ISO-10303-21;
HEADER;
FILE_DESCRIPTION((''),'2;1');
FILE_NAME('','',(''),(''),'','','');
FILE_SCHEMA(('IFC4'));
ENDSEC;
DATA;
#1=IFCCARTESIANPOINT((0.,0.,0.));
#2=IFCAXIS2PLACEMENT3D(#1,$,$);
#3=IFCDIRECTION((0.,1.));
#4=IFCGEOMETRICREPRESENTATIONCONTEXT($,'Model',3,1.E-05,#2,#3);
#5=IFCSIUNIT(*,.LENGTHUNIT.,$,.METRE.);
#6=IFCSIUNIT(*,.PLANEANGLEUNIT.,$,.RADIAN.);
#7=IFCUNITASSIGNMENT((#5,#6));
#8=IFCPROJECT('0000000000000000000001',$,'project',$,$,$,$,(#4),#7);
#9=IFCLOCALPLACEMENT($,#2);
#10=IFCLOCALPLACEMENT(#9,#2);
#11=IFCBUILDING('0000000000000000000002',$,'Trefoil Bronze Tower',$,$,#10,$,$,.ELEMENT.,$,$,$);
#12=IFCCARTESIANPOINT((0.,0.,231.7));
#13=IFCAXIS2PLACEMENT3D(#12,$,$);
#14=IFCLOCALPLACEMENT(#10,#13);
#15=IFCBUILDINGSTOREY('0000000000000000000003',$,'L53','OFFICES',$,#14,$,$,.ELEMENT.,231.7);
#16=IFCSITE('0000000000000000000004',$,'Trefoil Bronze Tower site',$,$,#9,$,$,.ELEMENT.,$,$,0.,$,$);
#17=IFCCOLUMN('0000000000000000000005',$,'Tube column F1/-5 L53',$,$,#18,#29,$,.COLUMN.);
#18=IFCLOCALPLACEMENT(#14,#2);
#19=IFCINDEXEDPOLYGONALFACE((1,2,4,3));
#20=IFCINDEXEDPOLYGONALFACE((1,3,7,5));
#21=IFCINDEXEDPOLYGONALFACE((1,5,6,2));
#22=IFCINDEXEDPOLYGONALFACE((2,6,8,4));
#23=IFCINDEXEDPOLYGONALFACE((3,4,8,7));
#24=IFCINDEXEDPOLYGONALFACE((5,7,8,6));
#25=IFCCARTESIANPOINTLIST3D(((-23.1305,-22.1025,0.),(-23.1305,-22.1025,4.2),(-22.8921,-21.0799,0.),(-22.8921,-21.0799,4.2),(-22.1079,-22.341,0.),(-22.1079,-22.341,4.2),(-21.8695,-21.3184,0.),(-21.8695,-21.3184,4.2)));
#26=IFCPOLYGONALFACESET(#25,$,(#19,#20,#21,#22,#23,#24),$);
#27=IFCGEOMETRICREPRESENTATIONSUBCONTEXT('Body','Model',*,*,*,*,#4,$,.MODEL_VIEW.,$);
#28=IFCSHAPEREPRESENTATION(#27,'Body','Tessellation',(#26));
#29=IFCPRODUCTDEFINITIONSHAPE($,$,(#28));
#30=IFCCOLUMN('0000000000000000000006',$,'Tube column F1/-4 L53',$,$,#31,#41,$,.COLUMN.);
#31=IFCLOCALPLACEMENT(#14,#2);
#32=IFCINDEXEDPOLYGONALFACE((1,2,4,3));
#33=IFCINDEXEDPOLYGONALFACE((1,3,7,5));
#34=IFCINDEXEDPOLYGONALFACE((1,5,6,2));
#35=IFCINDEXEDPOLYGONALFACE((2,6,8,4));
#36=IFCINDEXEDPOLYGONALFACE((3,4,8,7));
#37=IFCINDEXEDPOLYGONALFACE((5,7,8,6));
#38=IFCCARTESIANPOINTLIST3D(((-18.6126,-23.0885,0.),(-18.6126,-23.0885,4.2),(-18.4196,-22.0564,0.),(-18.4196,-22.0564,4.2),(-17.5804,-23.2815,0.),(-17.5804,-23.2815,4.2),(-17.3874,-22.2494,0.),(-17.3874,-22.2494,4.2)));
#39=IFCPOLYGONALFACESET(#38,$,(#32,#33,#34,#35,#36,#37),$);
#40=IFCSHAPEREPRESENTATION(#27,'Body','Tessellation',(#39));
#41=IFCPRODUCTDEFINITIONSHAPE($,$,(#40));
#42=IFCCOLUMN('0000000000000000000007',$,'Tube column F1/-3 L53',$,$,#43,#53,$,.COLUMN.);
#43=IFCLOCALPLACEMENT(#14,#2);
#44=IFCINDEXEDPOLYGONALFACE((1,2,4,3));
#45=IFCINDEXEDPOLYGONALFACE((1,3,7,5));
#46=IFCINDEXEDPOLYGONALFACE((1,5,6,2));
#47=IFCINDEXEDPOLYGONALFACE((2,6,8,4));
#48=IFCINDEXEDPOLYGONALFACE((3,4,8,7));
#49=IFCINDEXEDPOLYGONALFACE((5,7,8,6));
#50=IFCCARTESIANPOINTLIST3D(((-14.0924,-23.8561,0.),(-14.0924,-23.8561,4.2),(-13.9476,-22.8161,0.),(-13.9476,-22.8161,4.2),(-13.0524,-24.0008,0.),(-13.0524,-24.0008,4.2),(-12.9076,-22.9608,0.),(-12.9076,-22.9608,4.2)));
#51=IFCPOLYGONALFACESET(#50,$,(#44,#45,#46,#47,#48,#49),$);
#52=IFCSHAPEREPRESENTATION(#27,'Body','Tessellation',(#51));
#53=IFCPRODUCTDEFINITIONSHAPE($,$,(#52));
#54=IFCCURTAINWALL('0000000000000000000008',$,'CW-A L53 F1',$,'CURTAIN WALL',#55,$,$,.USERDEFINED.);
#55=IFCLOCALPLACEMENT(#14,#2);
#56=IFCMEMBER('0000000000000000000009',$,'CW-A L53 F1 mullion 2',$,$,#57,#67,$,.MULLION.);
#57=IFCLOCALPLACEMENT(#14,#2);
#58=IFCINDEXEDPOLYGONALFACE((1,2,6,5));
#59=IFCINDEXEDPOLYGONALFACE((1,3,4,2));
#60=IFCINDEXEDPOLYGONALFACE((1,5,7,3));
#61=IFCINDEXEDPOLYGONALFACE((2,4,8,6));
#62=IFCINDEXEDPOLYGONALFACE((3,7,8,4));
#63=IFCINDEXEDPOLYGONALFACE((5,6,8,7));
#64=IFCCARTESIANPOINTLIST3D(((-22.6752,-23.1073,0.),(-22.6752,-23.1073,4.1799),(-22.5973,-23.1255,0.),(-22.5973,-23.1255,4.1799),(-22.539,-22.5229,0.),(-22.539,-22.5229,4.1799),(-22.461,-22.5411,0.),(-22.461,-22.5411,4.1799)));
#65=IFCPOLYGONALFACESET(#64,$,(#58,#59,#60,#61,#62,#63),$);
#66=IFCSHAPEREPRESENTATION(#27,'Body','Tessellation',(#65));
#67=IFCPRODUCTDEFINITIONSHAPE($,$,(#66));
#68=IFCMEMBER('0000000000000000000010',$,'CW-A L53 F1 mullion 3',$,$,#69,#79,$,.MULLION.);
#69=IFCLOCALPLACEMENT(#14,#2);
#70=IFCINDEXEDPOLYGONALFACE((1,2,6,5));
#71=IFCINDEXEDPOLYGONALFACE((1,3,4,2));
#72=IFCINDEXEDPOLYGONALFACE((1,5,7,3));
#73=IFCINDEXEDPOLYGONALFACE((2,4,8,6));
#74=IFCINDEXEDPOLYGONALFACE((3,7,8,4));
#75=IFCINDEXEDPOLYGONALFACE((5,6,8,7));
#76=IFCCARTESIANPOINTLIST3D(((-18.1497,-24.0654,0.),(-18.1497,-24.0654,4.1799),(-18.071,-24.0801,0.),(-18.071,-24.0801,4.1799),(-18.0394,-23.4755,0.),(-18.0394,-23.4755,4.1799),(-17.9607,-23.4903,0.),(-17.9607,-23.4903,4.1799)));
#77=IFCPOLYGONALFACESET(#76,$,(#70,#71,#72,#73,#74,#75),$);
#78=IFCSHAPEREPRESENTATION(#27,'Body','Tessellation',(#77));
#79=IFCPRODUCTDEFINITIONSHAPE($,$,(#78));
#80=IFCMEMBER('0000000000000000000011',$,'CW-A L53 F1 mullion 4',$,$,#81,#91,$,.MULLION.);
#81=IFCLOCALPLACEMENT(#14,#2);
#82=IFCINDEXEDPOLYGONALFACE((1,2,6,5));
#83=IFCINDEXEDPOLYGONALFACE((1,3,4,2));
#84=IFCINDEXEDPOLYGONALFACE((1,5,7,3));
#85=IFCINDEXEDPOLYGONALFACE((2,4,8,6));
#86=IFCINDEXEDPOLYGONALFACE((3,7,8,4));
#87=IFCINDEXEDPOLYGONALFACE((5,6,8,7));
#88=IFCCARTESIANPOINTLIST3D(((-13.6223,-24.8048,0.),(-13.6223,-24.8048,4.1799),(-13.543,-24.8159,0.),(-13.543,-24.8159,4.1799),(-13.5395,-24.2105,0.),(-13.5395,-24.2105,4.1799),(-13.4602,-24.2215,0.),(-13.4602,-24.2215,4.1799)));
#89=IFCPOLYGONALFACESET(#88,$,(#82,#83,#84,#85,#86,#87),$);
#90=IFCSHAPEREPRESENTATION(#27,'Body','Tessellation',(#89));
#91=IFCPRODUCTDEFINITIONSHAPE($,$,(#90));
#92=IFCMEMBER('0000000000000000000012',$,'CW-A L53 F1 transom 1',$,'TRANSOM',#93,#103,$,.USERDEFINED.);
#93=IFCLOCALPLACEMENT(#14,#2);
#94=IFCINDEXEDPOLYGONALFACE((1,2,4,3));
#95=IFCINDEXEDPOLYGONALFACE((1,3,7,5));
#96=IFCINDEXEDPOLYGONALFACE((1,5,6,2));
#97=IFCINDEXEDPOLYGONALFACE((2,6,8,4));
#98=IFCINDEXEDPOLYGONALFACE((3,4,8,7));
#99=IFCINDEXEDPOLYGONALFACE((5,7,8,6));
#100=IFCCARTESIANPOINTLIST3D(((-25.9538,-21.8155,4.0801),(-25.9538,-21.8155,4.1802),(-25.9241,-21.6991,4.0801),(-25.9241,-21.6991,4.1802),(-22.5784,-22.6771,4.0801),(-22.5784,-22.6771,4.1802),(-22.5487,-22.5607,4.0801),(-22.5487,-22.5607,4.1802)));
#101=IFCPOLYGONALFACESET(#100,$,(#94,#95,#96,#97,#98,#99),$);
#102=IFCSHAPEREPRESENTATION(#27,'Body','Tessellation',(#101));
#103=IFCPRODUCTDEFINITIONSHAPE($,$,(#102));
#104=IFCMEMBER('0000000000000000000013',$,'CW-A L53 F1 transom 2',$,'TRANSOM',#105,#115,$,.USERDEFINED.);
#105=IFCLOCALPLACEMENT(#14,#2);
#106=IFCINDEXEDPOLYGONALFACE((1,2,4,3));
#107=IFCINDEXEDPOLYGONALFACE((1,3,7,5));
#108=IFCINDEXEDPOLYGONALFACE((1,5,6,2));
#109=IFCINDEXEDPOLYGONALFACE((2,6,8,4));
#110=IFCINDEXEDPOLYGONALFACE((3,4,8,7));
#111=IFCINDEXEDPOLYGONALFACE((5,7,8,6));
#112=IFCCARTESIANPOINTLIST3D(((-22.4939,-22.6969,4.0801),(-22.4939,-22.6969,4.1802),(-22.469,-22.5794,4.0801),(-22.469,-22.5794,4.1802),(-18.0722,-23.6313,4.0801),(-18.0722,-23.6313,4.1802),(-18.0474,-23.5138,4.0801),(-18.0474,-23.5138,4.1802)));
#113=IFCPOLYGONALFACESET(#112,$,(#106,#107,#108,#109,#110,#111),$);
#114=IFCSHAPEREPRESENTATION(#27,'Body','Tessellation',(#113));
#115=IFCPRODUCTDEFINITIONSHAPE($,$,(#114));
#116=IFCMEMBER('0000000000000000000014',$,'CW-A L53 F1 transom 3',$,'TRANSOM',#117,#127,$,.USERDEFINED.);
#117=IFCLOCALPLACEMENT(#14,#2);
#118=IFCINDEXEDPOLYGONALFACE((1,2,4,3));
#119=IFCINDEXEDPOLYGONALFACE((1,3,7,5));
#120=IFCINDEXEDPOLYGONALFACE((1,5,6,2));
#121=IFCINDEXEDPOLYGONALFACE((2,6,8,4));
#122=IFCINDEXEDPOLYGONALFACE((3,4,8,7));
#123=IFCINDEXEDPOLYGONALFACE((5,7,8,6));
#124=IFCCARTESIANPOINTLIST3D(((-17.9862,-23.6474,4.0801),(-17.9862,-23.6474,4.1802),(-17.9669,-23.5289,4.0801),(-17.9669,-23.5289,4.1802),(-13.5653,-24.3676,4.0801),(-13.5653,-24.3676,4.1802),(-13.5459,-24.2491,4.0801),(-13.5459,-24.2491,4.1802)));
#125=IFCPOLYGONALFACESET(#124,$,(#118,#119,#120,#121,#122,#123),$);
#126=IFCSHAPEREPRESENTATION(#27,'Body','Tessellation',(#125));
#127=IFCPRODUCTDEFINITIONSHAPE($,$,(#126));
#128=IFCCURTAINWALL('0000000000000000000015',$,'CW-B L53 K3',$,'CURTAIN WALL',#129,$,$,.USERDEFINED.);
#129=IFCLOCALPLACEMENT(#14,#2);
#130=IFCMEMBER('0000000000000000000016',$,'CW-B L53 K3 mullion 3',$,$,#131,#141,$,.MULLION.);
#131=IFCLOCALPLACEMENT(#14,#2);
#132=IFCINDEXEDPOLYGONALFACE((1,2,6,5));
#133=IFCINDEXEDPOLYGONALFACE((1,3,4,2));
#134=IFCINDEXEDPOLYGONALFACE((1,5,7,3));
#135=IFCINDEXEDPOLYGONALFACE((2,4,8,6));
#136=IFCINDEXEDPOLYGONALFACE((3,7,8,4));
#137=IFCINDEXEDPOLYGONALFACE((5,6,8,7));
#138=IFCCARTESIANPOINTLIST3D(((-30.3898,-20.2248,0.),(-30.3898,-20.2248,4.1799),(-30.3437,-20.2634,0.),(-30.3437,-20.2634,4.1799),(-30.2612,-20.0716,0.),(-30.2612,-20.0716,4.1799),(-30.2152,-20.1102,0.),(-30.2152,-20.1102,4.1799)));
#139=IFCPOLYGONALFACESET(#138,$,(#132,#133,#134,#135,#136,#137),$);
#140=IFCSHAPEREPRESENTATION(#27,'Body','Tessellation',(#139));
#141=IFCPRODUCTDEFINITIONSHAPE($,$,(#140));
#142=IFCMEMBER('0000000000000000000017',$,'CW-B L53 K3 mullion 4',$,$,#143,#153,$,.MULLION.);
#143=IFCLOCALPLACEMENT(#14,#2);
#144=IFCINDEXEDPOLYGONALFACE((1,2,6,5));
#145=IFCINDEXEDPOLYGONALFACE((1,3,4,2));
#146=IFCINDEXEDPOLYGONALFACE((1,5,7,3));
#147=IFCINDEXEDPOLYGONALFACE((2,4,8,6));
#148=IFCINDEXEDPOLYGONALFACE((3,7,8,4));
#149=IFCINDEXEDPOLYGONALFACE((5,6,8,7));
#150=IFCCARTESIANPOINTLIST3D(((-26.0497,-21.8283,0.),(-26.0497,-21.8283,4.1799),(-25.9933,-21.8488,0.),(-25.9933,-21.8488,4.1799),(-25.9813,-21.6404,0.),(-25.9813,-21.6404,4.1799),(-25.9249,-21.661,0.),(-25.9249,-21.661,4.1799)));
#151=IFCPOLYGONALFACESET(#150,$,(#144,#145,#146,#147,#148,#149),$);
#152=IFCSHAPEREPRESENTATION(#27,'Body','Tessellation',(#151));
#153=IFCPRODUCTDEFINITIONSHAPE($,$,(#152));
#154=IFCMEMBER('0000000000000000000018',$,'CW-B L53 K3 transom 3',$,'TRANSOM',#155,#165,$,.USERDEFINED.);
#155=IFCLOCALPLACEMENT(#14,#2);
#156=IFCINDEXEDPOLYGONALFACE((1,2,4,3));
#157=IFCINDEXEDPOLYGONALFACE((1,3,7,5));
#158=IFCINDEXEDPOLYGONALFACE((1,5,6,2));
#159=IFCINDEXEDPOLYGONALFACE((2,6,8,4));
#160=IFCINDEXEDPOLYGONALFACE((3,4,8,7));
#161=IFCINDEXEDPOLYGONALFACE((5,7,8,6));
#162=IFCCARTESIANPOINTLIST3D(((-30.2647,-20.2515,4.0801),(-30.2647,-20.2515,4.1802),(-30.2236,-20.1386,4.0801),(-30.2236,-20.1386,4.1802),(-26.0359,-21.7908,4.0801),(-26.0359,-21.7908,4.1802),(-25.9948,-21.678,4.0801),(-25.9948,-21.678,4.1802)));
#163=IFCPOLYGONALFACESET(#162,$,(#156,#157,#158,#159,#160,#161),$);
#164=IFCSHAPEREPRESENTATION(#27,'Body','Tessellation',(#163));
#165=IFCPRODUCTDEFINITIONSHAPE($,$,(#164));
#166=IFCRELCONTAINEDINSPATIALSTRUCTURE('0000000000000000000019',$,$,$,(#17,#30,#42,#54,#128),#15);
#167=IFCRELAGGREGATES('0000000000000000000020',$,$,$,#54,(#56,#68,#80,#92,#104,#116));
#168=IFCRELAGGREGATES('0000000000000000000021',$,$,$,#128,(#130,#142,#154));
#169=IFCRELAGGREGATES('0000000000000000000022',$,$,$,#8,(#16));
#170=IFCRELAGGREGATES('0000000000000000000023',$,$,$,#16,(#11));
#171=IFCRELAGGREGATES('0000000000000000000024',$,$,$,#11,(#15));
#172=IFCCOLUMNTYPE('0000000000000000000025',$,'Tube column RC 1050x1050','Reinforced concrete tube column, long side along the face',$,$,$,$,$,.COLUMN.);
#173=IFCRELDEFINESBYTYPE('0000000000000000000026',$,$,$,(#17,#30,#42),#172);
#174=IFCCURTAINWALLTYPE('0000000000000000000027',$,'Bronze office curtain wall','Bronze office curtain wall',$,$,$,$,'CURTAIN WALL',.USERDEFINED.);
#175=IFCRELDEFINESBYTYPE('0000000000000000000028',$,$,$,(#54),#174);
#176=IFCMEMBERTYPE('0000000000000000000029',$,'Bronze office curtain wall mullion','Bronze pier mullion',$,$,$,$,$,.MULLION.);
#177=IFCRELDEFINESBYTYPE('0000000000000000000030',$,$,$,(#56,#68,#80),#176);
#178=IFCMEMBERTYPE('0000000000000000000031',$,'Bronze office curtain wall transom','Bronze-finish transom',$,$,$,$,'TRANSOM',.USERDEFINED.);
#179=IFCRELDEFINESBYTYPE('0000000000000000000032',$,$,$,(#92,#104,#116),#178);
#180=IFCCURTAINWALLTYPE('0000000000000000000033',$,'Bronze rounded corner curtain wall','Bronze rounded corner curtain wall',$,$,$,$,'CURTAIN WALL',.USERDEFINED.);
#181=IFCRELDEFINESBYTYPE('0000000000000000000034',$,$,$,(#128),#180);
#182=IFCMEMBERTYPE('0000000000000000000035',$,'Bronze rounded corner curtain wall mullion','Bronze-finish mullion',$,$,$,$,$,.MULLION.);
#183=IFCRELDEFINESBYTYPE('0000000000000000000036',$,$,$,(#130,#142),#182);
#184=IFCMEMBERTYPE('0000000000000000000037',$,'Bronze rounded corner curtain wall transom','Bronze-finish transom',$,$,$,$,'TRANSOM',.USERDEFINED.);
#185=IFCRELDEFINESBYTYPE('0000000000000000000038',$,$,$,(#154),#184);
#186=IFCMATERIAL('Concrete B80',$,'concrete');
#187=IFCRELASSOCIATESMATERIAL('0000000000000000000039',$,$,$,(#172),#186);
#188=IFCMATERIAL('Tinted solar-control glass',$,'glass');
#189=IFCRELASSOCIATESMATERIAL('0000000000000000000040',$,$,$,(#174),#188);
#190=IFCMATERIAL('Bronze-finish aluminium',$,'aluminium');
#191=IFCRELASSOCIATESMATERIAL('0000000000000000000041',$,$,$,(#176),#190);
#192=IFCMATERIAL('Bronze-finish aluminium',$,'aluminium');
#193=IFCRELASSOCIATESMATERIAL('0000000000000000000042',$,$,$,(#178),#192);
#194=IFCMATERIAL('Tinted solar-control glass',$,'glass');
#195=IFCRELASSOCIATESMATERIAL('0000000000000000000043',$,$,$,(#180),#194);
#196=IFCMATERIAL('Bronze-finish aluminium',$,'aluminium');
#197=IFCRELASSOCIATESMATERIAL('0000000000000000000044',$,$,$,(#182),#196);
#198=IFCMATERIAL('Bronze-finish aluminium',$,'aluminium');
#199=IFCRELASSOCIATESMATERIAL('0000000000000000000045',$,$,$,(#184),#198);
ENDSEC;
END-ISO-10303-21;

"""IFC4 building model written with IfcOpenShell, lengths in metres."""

from ifc_helpers import new_model, si_unit, direction, frame, origin, origin_2d, place, context, subcontext, project, spatial, rectangle, extrude, material, material_profile, profile_set, type_object, element, aggregate, save


model = new_model("IFC4")

# Units and contexts
model_context = context("Model", 3, precision=1e-05, world=origin(), true_north=direction((0.0, 1.0)))
body_context = subcontext(model_context, "Body", "Model", "MODEL_VIEW")
ifc_project = project(units=[si_unit("LENGTHUNIT", "METRE"), si_unit("PLANEANGLEUNIT", "RADIAN")], contexts=[model_context])

# Site, building, storey
site_placement = place(None, origin())
site = spatial("IfcSite", under=ifc_project, at=site_placement, Name="Trefoil Bronze Tower site", CompositionType="ELEMENT", RefElevation=0.0)
building_placement = place(site_placement, origin())
building = spatial("IfcBuilding", under=site, at=building_placement, Name="Trefoil Bronze Tower", CompositionType="ELEMENT")
storey_placement = place(building_placement, frame((0.0, 0.0, 231.7)))
storey = spatial("IfcBuildingStorey", under=building, at=storey_placement, Name="L53", Description="OFFICES", CompositionType="ELEMENT", Elevation=231.7)

# Columns
ifc_material_1 = material(Name="Concrete B80", Category="concrete")
ifc_material_profile_1 = material_profile(ifc_material_1, rectangle(XDim=1.05, YDim=1.05, at=origin_2d()), Name="RC 1050x1050")
ifc_profile_set_1 = profile_set([ifc_material_profile_1], Name="Concrete B80")
column_type = type_object("IfcColumnType", Name="Tube column RC 1050x1050", Description="Reinforced concrete tube column, long side along the face", PredefinedType="COLUMN", material=ifc_profile_set_1)
for number, where, z_axis, x_axis, name in (
    (1, (-22.5, -21.7104, 0.0), (0.0, 0.0, 1.0), (0.973875, -0.227083, 0.0), "Tube column F1/-5 L53"),
    (2, (-18.0, -22.6689, 0.0), (0.0, 0.0, 1.0), (0.982959, -0.183825, 0.0), "Tube column F1/-4 L53"),
    (3, (-13.5, -23.4084, 0.0), (0.0, 0.0, 1.0), (0.990451, -0.137868, 0.0), "Tube column F1/-3 L53"),
):
    element("IfcColumn", number, at=place(storey_placement, frame(where, z_axis=z_axis, x_axis=x_axis)), inside=storey, type_object=column_type, Name=name, PredefinedType="COLUMN", context=body_context, shape_type="SweptSolid", body=[
        extrude(rectangle(XDim=1.05, YDim=1.05, at=origin_2d()), origin(), (0.0, 0.0, 1.0), 4.2),
    ])

# Curtain walls, members
ifc_material_2 = material(Name="Tinted solar-control glass", Category="glass")
curtain_wall_type_1 = type_object("IfcCurtainWallType", Name="Bronze office curtain wall", Description="Bronze office curtain wall", ElementType="CURTAIN WALL", PredefinedType="USERDEFINED", material=ifc_material_2)
curtain_wall_1_placement = place(storey_placement, origin())
curtain_wall_1 = element("IfcCurtainWall", 4, at=curtain_wall_1_placement, inside=storey, type_object=curtain_wall_type_1, Name="CW-A L53 F1", ObjectType="CURTAIN WALL", PredefinedType="USERDEFINED")
ifc_material_3 = material(Name="Bronze-finish aluminium", Category="aluminium")
ifc_material_profile_2 = material_profile(ifc_material_3, rectangle(XDim=0.6001, YDim=0.0801, at=origin_2d()), Name="CW-A mullion")
ifc_profile_set_2 = profile_set([ifc_material_profile_2], Name="Bronze-finish aluminium")
member_type_1 = type_object("IfcMemberType", Name="Bronze office curtain wall mullion", Description="Bronze pier mullion", PredefinedType="MULLION", material=ifc_profile_set_2)
member_1_placement = place(storey_placement, frame((-22.5681, -22.8242, 0.0), z_axis=(0.0, 0.0, 1.0), x_axis=(0.227083, 0.973875, 0.0)))
member_1 = element("IfcMember", 5, at=member_1_placement, type_object=member_type_1, Name="CW-A L53 F1 mullion 2", PredefinedType="MULLION", context=body_context, shape_type="SweptSolid", body=[
    extrude(rectangle(XDim=0.6001, YDim=0.0801, at=origin_2d()), origin(), (0.0, 0.0, 1.0), 4.1799),
])
member_2_placement = place(storey_placement, frame((-18.0552, -23.7778, 0.0), z_axis=(0.0, 0.0, 1.0), x_axis=(0.183825, 0.982959, 0.0)))
member_2 = element("IfcMember", 6, at=member_2_placement, type_object=member_type_1, Name="CW-A L53 F1 mullion 3", PredefinedType="MULLION", context=body_context, shape_type="SweptSolid", body=[
    extrude(rectangle(XDim=0.6001, YDim=0.0801, at=origin_2d()), origin(), (0.0, 0.0, 1.0), 4.1799),
])
member_3_placement = place(storey_placement, frame((-13.5413, -24.5132, 0.0), z_axis=(0.0, 0.0, 1.0), x_axis=(0.137868, 0.990451, 0.0)))
member_3 = element("IfcMember", 7, at=member_3_placement, type_object=member_type_1, Name="CW-A L53 F1 mullion 4", PredefinedType="MULLION", context=body_context, shape_type="SweptSolid", body=[
    extrude(rectangle(XDim=0.6001, YDim=0.0801, at=origin_2d()), origin(), (0.0, 0.0, 1.0), 4.1799),
])
ifc_material_4 = material(Name="Bronze-finish aluminium", Category="aluminium")
ifc_material_profile_3 = material_profile(ifc_material_4, rectangle(XDim=0.1201, YDim=0.1001, at=origin_2d()), Name="CW-A transom")
ifc_profile_set_3 = profile_set([ifc_material_profile_3], Name="Bronze-finish aluminium")
member_type_2 = type_object("IfcMemberType", Name="Bronze office curtain wall transom", Description="Bronze-finish transom", ElementType="TRANSOM", PredefinedType="USERDEFINED", material=ifc_profile_set_3)
member_4_placement = place(storey_placement, frame((-25.939, -21.7573, 4.1301), z_axis=(0.968935, -0.247315, 0.0), x_axis=(0.247315, 0.968935, 0.0)))
member_4 = element("IfcMember", 8, at=member_4_placement, type_object=member_type_2, Name="CW-A L53 F1 transom 1", ObjectType="TRANSOM", PredefinedType="USERDEFINED", context=body_context, shape_type="SweptSolid", body=[
    extrude(rectangle(XDim=0.1201, YDim=0.1001, at=origin_2d()), origin(), (0.0, 0.0, 1.0), 3.4836),
])
member_5_placement = place(storey_placement, frame((-22.4814, -22.6382, 4.1301), z_axis=(0.978395, -0.206743, 0.0), x_axis=(0.206743, 0.978395, 0.0)))
member_5 = element("IfcMember", 9, at=member_5_placement, type_object=member_type_2, Name="CW-A L53 F1 transom 2", ObjectType="TRANSOM", PredefinedType="USERDEFINED", context=body_context, shape_type="SweptSolid", body=[
    extrude(rectangle(XDim=0.1201, YDim=0.1001, at=origin_2d()), origin(), (0.0, 0.0, 1.0), 4.5193),
])
member_6_placement = place(storey_placement, frame((-17.9766, -23.5881, 4.1301), z_axis=(0.986988, -0.160792, 0.0), x_axis=(0.160792, 0.986988, 0.0)))
member_6 = element("IfcMember", 10, at=member_6_placement, type_object=member_type_2, Name="CW-A L53 F1 transom 3", ObjectType="TRANSOM", PredefinedType="USERDEFINED", context=body_context, shape_type="SweptSolid", body=[
    extrude(rectangle(XDim=0.1201, YDim=0.1001, at=origin_2d()), origin(), (0.0, 0.0, 1.0), 4.4792),
])
ifc_material_5 = material(Name="Tinted solar-control glass", Category="glass")
curtain_wall_type_2 = type_object("IfcCurtainWallType", Name="Bronze rounded corner curtain wall", Description="Bronze rounded corner curtain wall", ElementType="CURTAIN WALL", PredefinedType="USERDEFINED", material=ifc_material_5)
curtain_wall_2_placement = place(storey_placement, origin())
curtain_wall_2 = element("IfcCurtainWall", 11, at=curtain_wall_2_placement, inside=storey, type_object=curtain_wall_type_2, Name="CW-B L53 K3", ObjectType="CURTAIN WALL", PredefinedType="USERDEFINED")
ifc_material_6 = material(Name="Bronze-finish aluminium", Category="aluminium")
ifc_material_profile_4 = material_profile(ifc_material_6, rectangle(XDim=0.2, YDim=0.0601, at=origin_2d()), Name="CW-B mullion")
ifc_profile_set_4 = profile_set([ifc_material_profile_4], Name="Bronze-finish aluminium")
member_type_3 = type_object("IfcMemberType", Name="Bronze rounded corner curtain wall mullion", Description="Bronze-finish mullion", PredefinedType="MULLION", material=ifc_profile_set_4)
member_7_placement = place(storey_placement, frame((-30.3025, -20.1675, 0.0), z_axis=(0.0, 0.0, 1.0), x_axis=(0.642788, 0.766044, 0.0)))
member_7 = element("IfcMember", 12, at=member_7_placement, type_object=member_type_3, Name="CW-B L53 K3 mullion 3", PredefinedType="MULLION", context=body_context, shape_type="SweptSolid", body=[
    extrude(rectangle(XDim=0.2, YDim=0.0601, at=origin_2d()), origin(), (0.0, 0.0, 1.0), 4.1799),
])
member_8_placement = place(storey_placement, frame((-25.9873, -21.7446, 0.0), z_axis=(0.0, 0.0, 1.0), x_axis=(0.34202, 0.939693, 0.0)))
member_8 = element("IfcMember", 13, at=member_8_placement, type_object=member_type_3, Name="CW-B L53 K3 mullion 4", PredefinedType="MULLION", context=body_context, shape_type="SweptSolid", body=[
    extrude(rectangle(XDim=0.2, YDim=0.0601, at=origin_2d()), origin(), (0.0, 0.0, 1.0), 4.1799),
])
ifc_material_7 = material(Name="Bronze-finish aluminium", Category="aluminium")
ifc_material_profile_5 = material_profile(ifc_material_7, rectangle(XDim=0.1201, YDim=0.1001, at=origin_2d()), Name="CW-B transom")
ifc_profile_set_5 = profile_set([ifc_material_profile_5], Name="Bronze-finish aluminium")
member_type_4 = type_object("IfcMemberType", Name="Bronze rounded corner curtain wall transom", Description="Bronze-finish transom", ElementType="TRANSOM", PredefinedType="USERDEFINED", material=ifc_profile_set_5)
member_9_placement = place(storey_placement, frame((-30.2441, -20.1951, 4.1301), z_axis=(0.939681, -0.342052, 0.0), x_axis=(0.342052, 0.939681, 0.0)))
member_9 = element("IfcMember", 14, at=member_9_placement, type_object=member_type_4, Name="CW-B L53 K3 transom 3", ObjectType="TRANSOM", PredefinedType="USERDEFINED", context=body_context, shape_type="SweptSolid", body=[
    extrude(rectangle(XDim=0.1201, YDim=0.1001, at=origin_2d()), origin(), (0.0, 0.0, 1.0), 4.5002),
])

aggregate(curtain_wall_1, [member_1, member_2, member_3, member_4, member_5, member_6])
aggregate(curtain_wall_2, [member_7, member_8, member_9])

save(model, "model.ifc")
